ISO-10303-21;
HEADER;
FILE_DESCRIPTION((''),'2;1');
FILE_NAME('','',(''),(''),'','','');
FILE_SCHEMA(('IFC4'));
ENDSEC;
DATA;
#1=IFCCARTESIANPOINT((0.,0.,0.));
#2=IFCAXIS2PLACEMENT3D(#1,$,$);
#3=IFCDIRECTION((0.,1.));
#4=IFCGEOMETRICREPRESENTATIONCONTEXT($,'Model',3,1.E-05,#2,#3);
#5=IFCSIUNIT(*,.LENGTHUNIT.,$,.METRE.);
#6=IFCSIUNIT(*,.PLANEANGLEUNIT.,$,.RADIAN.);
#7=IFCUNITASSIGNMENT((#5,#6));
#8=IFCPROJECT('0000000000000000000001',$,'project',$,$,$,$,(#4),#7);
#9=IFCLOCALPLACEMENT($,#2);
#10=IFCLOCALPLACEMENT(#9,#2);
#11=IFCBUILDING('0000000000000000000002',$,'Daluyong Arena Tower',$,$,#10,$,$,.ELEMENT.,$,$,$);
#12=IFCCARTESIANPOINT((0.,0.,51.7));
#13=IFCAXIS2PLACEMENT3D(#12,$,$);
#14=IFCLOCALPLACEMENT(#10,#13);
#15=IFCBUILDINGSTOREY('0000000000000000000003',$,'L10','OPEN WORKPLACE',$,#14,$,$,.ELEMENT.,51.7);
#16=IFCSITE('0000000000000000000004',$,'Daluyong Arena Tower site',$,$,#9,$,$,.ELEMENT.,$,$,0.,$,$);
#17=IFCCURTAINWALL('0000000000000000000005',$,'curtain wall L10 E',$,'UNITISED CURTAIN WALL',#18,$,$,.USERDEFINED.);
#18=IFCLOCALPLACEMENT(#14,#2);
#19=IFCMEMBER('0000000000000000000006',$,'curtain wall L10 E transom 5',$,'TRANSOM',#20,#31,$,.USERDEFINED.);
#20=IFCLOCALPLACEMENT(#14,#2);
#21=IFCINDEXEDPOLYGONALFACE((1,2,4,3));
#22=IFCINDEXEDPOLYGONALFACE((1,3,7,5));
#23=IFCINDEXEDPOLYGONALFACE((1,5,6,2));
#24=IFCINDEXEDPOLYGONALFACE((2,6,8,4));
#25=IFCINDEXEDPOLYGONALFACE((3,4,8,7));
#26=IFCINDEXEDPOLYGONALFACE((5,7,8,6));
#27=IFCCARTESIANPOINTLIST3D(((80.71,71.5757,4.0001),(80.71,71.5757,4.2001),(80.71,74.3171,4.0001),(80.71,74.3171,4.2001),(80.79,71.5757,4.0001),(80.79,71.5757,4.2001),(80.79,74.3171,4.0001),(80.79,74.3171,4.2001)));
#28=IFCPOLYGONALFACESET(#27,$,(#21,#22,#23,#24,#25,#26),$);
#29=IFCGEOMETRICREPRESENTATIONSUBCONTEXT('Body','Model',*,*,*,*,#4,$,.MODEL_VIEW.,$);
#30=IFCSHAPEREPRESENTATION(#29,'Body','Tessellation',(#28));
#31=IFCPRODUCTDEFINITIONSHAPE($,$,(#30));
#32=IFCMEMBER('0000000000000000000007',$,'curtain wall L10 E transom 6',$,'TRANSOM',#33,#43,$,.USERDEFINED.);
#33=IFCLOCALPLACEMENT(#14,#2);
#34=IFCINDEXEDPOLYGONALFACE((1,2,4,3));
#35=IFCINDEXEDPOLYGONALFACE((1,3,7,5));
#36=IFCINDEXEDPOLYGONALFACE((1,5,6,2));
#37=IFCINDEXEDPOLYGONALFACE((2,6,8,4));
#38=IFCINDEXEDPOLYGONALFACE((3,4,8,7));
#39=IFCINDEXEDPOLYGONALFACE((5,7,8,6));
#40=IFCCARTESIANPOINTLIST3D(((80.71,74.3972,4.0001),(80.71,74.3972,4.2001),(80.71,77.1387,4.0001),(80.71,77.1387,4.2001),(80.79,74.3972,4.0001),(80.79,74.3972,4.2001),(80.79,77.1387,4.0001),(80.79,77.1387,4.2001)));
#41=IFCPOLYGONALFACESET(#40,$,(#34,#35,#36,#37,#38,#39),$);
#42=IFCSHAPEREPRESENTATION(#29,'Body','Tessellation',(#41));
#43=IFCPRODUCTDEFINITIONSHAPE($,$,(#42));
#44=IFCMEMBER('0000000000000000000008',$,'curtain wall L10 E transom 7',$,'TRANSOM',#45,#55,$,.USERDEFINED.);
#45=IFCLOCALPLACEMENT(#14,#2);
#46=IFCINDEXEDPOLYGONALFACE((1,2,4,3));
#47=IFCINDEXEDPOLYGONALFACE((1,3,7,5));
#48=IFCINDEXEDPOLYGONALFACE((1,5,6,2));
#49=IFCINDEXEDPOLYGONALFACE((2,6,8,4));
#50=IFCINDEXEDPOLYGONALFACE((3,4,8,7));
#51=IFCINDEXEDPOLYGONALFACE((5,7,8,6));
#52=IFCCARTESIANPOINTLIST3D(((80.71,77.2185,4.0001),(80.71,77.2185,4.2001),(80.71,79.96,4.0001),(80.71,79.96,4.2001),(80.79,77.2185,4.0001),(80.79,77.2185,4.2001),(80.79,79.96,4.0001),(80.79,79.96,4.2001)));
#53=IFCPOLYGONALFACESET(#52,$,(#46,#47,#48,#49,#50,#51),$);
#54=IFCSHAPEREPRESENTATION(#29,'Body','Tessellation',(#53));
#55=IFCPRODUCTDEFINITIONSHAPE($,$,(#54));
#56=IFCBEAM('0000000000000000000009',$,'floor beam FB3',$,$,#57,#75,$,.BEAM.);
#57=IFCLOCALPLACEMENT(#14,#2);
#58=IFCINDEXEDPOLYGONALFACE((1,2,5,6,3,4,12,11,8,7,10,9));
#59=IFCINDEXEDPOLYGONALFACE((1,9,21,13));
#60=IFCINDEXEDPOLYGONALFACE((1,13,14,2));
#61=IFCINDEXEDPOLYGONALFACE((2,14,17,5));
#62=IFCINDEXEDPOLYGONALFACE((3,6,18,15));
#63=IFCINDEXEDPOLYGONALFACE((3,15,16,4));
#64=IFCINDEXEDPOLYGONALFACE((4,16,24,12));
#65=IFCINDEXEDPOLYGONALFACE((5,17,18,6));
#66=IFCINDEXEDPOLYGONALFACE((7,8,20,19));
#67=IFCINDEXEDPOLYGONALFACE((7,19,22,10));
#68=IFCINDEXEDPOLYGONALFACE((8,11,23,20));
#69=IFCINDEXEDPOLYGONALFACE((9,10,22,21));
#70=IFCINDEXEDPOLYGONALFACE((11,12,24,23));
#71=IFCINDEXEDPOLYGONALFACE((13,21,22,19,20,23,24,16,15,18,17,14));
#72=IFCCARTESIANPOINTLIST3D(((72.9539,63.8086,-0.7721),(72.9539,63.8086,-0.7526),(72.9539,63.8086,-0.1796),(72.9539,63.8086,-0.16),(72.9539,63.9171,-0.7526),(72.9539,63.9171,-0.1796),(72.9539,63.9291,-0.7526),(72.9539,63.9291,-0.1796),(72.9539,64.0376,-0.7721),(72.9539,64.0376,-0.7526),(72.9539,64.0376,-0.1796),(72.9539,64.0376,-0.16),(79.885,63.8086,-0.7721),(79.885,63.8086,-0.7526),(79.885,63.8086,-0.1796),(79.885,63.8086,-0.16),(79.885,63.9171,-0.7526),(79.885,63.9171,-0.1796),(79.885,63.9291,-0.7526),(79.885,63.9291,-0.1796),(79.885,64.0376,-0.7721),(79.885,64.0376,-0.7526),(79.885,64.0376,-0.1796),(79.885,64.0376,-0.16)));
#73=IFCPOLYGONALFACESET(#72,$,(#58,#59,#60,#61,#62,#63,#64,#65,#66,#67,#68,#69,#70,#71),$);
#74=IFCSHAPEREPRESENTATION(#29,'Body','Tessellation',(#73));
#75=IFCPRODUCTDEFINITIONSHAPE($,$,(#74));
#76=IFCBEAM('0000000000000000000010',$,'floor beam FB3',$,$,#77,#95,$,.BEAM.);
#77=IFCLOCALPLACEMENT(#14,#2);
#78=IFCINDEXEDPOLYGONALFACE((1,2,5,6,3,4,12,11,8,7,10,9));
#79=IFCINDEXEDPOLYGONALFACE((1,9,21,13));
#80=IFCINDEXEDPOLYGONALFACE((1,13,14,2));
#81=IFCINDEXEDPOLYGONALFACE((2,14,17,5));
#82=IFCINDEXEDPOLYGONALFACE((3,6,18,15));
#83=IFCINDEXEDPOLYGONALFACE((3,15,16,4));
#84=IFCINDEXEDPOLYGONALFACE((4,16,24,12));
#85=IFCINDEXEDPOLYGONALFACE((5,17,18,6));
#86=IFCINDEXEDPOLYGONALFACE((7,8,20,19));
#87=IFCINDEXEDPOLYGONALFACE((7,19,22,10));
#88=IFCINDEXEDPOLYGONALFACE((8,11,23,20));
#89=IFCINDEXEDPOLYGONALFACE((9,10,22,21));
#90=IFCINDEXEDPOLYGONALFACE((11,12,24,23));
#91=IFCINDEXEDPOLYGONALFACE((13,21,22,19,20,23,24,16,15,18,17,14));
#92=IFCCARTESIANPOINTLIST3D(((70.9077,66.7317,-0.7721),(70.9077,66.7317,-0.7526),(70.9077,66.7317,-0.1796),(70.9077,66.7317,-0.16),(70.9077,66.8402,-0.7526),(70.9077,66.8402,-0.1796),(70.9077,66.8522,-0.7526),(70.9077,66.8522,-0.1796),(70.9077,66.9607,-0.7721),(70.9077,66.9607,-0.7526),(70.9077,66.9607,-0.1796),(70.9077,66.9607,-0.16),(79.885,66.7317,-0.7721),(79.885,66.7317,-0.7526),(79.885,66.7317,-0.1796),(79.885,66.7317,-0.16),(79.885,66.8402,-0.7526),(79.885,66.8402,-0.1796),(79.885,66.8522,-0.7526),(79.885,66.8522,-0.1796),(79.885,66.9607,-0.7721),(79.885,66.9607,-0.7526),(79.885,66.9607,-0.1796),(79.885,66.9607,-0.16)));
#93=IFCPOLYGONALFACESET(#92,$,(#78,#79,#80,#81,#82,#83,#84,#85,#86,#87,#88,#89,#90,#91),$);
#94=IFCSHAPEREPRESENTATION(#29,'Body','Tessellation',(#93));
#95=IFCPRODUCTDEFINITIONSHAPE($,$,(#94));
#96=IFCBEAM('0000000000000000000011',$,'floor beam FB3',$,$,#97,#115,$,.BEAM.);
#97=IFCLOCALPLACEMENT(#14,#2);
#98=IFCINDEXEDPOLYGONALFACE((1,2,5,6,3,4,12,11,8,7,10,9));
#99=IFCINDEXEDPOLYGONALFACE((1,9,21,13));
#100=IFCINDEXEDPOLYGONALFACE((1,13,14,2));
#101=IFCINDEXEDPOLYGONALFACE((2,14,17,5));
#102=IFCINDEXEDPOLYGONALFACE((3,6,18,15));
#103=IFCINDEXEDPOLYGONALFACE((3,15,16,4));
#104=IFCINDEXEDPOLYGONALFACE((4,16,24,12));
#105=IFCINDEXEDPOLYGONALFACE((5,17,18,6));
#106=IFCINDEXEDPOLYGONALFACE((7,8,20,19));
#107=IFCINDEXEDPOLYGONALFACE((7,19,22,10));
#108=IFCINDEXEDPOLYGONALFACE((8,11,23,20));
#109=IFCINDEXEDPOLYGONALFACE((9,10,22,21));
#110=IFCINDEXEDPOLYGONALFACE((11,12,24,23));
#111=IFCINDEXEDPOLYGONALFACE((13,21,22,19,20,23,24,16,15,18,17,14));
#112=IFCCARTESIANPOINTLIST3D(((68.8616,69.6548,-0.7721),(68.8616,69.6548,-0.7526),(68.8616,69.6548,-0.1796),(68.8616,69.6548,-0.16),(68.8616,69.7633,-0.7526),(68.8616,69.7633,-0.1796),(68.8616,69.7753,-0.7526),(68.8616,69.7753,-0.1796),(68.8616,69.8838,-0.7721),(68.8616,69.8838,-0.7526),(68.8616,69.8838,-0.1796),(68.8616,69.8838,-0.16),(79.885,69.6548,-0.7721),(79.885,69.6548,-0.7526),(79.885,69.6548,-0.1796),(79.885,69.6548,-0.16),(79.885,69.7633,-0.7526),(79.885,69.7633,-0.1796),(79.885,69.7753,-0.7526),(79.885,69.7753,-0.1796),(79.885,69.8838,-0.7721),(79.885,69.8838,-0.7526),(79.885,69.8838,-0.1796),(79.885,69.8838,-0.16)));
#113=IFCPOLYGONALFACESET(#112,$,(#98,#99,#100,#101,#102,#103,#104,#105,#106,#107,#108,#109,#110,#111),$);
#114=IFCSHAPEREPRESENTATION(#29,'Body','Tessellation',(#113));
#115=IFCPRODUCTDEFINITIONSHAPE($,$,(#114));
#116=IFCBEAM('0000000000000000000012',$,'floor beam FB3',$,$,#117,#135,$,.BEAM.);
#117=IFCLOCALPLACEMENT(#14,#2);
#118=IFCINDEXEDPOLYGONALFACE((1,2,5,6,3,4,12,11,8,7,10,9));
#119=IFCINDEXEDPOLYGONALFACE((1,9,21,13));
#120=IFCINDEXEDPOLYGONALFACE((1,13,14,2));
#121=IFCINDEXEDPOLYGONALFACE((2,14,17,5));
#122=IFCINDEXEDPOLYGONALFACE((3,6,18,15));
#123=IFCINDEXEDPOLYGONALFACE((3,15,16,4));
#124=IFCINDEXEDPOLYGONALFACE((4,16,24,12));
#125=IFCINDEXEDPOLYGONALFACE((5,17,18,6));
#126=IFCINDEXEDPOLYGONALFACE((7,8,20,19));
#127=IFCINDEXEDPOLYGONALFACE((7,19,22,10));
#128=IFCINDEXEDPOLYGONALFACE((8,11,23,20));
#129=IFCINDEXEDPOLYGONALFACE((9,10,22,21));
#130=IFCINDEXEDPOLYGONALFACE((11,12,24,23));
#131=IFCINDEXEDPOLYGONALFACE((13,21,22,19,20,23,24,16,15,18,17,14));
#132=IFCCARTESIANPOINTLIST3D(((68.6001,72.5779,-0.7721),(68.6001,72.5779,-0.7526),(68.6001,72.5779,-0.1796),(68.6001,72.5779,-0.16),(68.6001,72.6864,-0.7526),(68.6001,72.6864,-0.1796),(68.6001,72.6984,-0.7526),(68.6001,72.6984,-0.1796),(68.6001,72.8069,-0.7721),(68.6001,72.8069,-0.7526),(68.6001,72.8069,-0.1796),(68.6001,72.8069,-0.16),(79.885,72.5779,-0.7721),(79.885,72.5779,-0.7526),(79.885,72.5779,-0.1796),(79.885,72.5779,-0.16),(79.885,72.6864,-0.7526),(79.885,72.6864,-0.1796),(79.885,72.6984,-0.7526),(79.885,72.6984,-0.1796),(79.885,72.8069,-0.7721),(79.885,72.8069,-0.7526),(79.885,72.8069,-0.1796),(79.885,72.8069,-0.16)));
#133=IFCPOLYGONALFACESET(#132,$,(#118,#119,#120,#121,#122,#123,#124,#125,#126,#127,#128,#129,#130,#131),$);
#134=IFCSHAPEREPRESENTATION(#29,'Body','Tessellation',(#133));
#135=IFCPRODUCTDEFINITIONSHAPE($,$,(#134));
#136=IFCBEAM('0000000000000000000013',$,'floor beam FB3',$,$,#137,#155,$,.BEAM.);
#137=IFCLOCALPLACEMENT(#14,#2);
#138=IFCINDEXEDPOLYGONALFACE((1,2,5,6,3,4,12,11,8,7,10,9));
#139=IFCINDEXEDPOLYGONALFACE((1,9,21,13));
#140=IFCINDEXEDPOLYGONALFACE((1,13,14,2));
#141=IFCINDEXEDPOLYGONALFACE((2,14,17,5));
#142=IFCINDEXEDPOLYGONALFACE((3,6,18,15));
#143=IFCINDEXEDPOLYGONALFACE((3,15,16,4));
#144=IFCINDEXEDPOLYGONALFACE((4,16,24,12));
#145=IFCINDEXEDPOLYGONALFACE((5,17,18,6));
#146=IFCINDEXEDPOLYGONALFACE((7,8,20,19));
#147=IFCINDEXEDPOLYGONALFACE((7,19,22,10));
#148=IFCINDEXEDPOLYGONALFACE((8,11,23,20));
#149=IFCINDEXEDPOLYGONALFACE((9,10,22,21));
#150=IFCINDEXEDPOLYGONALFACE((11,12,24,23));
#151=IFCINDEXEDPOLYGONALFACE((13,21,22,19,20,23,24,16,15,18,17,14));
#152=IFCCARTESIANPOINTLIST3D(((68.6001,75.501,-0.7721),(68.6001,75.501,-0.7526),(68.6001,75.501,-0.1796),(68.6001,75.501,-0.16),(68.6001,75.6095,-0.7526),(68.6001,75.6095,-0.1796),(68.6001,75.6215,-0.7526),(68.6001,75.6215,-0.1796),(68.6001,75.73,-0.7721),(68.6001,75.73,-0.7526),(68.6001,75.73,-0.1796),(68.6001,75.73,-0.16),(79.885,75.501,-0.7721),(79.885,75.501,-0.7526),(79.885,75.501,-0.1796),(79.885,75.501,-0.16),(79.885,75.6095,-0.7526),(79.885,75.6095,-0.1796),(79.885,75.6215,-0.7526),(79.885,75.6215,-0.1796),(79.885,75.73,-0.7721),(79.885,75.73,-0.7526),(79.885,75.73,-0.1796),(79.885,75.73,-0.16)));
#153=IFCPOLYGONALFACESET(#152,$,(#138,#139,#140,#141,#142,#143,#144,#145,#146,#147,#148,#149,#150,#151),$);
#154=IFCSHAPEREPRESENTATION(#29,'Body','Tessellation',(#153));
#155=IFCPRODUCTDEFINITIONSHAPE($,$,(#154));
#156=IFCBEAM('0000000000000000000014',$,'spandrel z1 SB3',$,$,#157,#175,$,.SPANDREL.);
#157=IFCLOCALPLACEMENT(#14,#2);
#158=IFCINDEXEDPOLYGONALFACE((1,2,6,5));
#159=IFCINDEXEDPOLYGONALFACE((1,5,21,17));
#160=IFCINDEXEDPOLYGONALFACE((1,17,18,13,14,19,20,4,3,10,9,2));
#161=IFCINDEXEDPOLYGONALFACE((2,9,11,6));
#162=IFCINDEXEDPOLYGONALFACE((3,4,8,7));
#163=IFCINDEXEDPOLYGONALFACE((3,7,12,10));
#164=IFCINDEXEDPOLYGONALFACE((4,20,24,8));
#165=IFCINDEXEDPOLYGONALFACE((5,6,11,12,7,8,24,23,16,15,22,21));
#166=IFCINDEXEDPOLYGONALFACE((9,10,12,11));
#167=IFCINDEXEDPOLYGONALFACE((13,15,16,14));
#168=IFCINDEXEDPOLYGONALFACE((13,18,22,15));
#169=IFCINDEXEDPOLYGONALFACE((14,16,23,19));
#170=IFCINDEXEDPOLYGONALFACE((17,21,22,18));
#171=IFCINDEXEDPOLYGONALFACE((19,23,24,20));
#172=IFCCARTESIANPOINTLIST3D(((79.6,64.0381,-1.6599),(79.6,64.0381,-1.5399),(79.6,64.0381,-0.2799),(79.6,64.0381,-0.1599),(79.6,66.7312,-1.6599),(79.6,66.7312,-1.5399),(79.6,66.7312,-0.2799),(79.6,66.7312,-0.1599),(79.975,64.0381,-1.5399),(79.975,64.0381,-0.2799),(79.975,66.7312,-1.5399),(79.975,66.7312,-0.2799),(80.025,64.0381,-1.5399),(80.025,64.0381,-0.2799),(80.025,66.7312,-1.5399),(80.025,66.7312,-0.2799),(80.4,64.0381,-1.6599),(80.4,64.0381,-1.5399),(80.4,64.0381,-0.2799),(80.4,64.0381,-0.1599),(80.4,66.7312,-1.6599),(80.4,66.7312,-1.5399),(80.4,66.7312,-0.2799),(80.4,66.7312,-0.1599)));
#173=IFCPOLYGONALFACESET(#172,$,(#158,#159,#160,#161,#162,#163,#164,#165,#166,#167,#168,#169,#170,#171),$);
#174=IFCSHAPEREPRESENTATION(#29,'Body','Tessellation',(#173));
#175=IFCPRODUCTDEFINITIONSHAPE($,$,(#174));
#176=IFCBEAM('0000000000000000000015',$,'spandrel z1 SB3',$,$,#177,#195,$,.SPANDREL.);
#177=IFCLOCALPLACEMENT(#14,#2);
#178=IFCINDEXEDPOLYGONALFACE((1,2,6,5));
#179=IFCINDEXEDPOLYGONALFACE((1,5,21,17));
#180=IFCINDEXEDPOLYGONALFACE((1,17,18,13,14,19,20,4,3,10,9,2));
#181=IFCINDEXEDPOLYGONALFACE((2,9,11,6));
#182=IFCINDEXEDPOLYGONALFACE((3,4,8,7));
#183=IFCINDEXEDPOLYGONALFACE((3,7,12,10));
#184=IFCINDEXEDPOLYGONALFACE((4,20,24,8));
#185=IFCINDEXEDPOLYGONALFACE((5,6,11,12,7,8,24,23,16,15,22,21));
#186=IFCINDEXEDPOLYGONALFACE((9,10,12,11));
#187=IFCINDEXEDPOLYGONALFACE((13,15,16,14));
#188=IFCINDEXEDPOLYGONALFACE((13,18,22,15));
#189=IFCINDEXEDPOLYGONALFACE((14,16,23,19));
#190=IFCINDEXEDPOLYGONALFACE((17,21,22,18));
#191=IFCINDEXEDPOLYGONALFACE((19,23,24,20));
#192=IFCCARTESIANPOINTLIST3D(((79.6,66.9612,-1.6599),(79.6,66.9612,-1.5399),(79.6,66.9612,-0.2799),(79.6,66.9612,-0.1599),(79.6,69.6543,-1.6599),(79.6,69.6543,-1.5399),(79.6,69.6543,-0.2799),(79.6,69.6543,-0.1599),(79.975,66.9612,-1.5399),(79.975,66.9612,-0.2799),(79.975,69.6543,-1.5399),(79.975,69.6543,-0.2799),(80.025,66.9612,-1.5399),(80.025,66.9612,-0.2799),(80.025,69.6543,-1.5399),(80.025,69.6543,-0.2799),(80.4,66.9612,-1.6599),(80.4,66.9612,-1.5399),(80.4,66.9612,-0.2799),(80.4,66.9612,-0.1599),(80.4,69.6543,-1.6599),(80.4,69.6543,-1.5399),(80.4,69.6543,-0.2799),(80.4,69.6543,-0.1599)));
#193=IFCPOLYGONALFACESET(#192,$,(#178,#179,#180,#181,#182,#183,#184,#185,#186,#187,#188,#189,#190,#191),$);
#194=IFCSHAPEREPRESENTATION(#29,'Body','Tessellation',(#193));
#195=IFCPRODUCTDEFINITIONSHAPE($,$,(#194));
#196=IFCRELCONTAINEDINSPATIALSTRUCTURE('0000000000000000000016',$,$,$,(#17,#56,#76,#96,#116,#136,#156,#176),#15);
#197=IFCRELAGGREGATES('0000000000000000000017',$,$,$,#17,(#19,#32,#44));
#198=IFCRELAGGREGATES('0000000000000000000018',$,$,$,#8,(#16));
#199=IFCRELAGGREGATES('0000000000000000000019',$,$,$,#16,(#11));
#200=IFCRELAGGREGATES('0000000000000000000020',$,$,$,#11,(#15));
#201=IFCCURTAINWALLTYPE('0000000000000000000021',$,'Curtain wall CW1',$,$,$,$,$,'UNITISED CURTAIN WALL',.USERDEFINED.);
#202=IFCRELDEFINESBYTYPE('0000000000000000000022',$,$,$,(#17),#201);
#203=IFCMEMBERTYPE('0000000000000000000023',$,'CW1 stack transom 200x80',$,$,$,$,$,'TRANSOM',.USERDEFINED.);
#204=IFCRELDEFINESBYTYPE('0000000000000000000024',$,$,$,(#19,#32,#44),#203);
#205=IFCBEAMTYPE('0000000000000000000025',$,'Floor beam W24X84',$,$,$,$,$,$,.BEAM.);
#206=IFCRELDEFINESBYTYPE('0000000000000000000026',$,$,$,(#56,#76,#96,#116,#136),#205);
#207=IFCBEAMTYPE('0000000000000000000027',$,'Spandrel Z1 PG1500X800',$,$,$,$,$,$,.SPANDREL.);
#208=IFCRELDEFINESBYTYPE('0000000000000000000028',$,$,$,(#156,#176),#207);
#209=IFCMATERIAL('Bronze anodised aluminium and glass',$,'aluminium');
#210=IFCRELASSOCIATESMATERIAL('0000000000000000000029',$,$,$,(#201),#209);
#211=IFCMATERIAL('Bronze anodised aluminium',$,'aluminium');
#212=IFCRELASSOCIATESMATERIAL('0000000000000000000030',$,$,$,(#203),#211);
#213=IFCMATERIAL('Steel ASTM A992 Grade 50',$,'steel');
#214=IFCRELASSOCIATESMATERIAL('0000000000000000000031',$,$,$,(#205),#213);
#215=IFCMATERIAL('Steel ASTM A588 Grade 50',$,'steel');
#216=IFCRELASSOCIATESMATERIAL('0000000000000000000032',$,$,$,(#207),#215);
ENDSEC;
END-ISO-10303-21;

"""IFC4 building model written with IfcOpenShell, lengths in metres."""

from ifc_helpers import new_model, si_unit, direction, frame, origin, origin_2d, place, context, subcontext, project, spatial, rectangle, i_section, extrude, material, material_profile, profile_set, type_object, element, aggregate, save


model = new_model("IFC4")

# Units and contexts
model_context = context("Model", 3, precision=1e-05, world=origin(), true_north=direction((0.0, 1.0)))
body_context = subcontext(model_context, "Body", "Model", "MODEL_VIEW")
ifc_project = project(units=[si_unit("LENGTHUNIT", "METRE"), si_unit("PLANEANGLEUNIT", "RADIAN")], contexts=[model_context])

# Site, building, storey
site_placement = place(None, origin())
site = spatial("IfcSite", under=ifc_project, at=site_placement, Name="Daluyong Arena Tower site", CompositionType="ELEMENT", RefElevation=0.0)
building_placement = place(site_placement, origin())
building = spatial("IfcBuilding", under=site, at=building_placement, Name="Daluyong Arena Tower", CompositionType="ELEMENT")
storey_placement = place(building_placement, frame((0.0, 0.0, 51.7)))
storey = spatial("IfcBuildingStorey", under=building, at=storey_placement, Name="L10", Description="OPEN WORKPLACE", CompositionType="ELEMENT", Elevation=51.7)

# Curtain wall, members
ifc_material_1 = material(Name="Bronze anodised aluminium and glass", Category="aluminium")
curtain_wall_type = type_object("IfcCurtainWallType", Name="Curtain wall CW1", ElementType="UNITISED CURTAIN WALL", PredefinedType="USERDEFINED", material=ifc_material_1)
curtain_wall_placement = place(storey_placement, origin())
curtain_wall = element("IfcCurtainWall", 1, at=curtain_wall_placement, inside=storey, type_object=curtain_wall_type, Name="curtain wall L10 E", ObjectType="UNITISED CURTAIN WALL", PredefinedType="USERDEFINED")
ifc_material_2 = material(Name="Bronze anodised aluminium", Category="aluminium")
ifc_material_profile_1 = material_profile(ifc_material_2, rectangle(XDim=0.0801, YDim=0.2, at=origin_2d()))
ifc_profile_set_1 = profile_set([ifc_material_profile_1], Name="Bronze anodised aluminium")
member_type_1 = type_object("IfcMemberType", Name="CW1 stack transom 200x80", ElementType="TRANSOM", PredefinedType="USERDEFINED", material=ifc_profile_set_1)
member_1_placement = place(storey_placement, frame((80.75, 71.5757, 4.1001), z_axis=(0.0, 1.0, 0.0), x_axis=(-1.0, 0.0, 0.0)))
member_1 = element("IfcMember", 2, at=member_1_placement, type_object=member_type_1, Name="curtain wall L10 E transom 5", ObjectType="TRANSOM", PredefinedType="USERDEFINED", context=body_context, shape_type="SweptSolid", body=[
    extrude(rectangle(XDim=0.0801, YDim=0.2, at=origin_2d()), origin(), (0.0, 0.0, 1.0), 2.7415),
])
member_2_placement = place(storey_placement, frame((80.75, 74.3972, 4.1001), z_axis=(0.0, 1.0, 0.0), x_axis=(-1.0, 0.0, 0.0)))
member_2 = element("IfcMember", 3, at=member_2_placement, type_object=member_type_1, Name="curtain wall L10 E transom 6", ObjectType="TRANSOM", PredefinedType="USERDEFINED", context=body_context, shape_type="SweptSolid", body=[
    extrude(rectangle(XDim=0.0801, YDim=0.2, at=origin_2d()), origin(), (0.0, 0.0, 1.0), 2.7415),
])
member_3_placement = place(storey_placement, frame((80.75, 77.2185, 4.1001), z_axis=(0.0, 1.0, 0.0), x_axis=(-1.0, 0.0, 0.0)))
member_3 = element("IfcMember", 4, at=member_3_placement, type_object=member_type_1, Name="curtain wall L10 E transom 7", ObjectType="TRANSOM", PredefinedType="USERDEFINED", context=body_context, shape_type="SweptSolid", body=[
    extrude(rectangle(XDim=0.0801, YDim=0.2, at=origin_2d()), origin(), (0.0, 0.0, 1.0), 2.7415),
])

# Beams
ifc_material_3 = material(Name="Steel ASTM A992 Grade 50", Category="steel")
ifc_material_profile_2 = material_profile(ifc_material_3, i_section(OverallWidth=0.229, OverallDepth=0.6121, WebThickness=0.012, FlangeThickness=0.0195, at=origin_2d()))
ifc_profile_set_2 = profile_set([ifc_material_profile_2], Name="Steel ASTM A992 Grade 50")
beam_type_1 = type_object("IfcBeamType", Name="Floor beam W24X84", PredefinedType="BEAM", material=ifc_profile_set_2)
beam_1_placement = place(storey_placement, frame((79.885, 63.9231, -0.4661), z_axis=(-1.0, 0.0, 0.0), x_axis=(0.0, -1.0, 0.0)))
element("IfcBeam", 5, at=beam_1_placement, inside=storey, type_object=beam_type_1, Name="floor beam FB3", PredefinedType="BEAM", context=body_context, shape_type="SweptSolid", body=[
    extrude(i_section(OverallWidth=0.229, OverallDepth=0.6121, WebThickness=0.012, FlangeThickness=0.0195, at=origin_2d()), origin(), (0.0, 0.0, 1.0), 6.9312),
])
beam_2_placement = place(storey_placement, frame((79.885, 66.8462, -0.4661), z_axis=(-1.0, 0.0, 0.0), x_axis=(0.0, -1.0, 0.0)))
element("IfcBeam", 6, at=beam_2_placement, inside=storey, type_object=beam_type_1, Name="floor beam FB3", PredefinedType="BEAM", context=body_context, shape_type="SweptSolid", body=[
    extrude(i_section(OverallWidth=0.229, OverallDepth=0.6121, WebThickness=0.012, FlangeThickness=0.0195, at=origin_2d()), origin(), (0.0, 0.0, 1.0), 8.9773),
])
beam_3_placement = place(storey_placement, frame((79.885, 69.7693, -0.4661), z_axis=(-1.0, 0.0, 0.0), x_axis=(0.0, -1.0, 0.0)))
element("IfcBeam", 7, at=beam_3_placement, inside=storey, type_object=beam_type_1, Name="floor beam FB3", PredefinedType="BEAM", context=body_context, shape_type="SweptSolid", body=[
    extrude(i_section(OverallWidth=0.229, OverallDepth=0.6121, WebThickness=0.012, FlangeThickness=0.0195, at=origin_2d()), origin(), (0.0, 0.0, 1.0), 11.0234),
])
for number, where, z_axis, x_axis, name in (
    (8, (79.885, 72.6924, -0.4661), (-1.0, 0.0, 0.0), (0.0, -1.0, 0.0), "floor beam FB3"),
    (9, (79.885, 75.6155, -0.4661), (-1.0, 0.0, 0.0), (0.0, -1.0, 0.0), "floor beam FB3"),
):
    element("IfcBeam", number, at=place(storey_placement, frame(where, z_axis=z_axis, x_axis=x_axis)), inside=storey, type_object=beam_type_1, Name=name, PredefinedType="BEAM", context=body_context, shape_type="SweptSolid", body=[
        extrude(i_section(OverallWidth=0.229, OverallDepth=0.6121, WebThickness=0.012, FlangeThickness=0.0195, at=origin_2d()), origin(), (0.0, 0.0, 1.0), 11.2849),
    ])
ifc_material_4 = material(Name="Steel ASTM A588 Grade 50", Category="steel")
ifc_material_profile_3 = material_profile(ifc_material_4, i_section(OverallWidth=0.8, OverallDepth=1.5, WebThickness=0.05, FlangeThickness=0.12, at=origin_2d()))
ifc_profile_set_3 = profile_set([ifc_material_profile_3], Name="Steel ASTM A588 Grade 50")
beam_type_2 = type_object("IfcBeamType", Name="Spandrel Z1 PG1500X800", PredefinedType="SPANDREL", material=ifc_profile_set_3)
for number, where, z_axis, x_axis, name in (
    (10, (80.0, 64.0381, -0.9099), (0.0, 1.0, 0.0), (-1.0, 0.0, 0.0), "spandrel z1 SB3"),
    (11, (80.0, 66.9612, -0.9099), (0.0, 1.0, 0.0), (-1.0, 0.0, 0.0), "spandrel z1 SB3"),
):
    element("IfcBeam", number, at=place(storey_placement, frame(where, z_axis=z_axis, x_axis=x_axis)), inside=storey, type_object=beam_type_2, Name=name, PredefinedType="SPANDREL", context=body_context, shape_type="SweptSolid", body=[
        extrude(i_section(OverallWidth=0.8, OverallDepth=1.5, WebThickness=0.05, FlangeThickness=0.12, at=origin_2d()), origin(), (0.0, 0.0, 1.0), 2.6931),
    ])

aggregate(curtain_wall, [member_1, member_2, member_3])

save(model, "model.ifc")
